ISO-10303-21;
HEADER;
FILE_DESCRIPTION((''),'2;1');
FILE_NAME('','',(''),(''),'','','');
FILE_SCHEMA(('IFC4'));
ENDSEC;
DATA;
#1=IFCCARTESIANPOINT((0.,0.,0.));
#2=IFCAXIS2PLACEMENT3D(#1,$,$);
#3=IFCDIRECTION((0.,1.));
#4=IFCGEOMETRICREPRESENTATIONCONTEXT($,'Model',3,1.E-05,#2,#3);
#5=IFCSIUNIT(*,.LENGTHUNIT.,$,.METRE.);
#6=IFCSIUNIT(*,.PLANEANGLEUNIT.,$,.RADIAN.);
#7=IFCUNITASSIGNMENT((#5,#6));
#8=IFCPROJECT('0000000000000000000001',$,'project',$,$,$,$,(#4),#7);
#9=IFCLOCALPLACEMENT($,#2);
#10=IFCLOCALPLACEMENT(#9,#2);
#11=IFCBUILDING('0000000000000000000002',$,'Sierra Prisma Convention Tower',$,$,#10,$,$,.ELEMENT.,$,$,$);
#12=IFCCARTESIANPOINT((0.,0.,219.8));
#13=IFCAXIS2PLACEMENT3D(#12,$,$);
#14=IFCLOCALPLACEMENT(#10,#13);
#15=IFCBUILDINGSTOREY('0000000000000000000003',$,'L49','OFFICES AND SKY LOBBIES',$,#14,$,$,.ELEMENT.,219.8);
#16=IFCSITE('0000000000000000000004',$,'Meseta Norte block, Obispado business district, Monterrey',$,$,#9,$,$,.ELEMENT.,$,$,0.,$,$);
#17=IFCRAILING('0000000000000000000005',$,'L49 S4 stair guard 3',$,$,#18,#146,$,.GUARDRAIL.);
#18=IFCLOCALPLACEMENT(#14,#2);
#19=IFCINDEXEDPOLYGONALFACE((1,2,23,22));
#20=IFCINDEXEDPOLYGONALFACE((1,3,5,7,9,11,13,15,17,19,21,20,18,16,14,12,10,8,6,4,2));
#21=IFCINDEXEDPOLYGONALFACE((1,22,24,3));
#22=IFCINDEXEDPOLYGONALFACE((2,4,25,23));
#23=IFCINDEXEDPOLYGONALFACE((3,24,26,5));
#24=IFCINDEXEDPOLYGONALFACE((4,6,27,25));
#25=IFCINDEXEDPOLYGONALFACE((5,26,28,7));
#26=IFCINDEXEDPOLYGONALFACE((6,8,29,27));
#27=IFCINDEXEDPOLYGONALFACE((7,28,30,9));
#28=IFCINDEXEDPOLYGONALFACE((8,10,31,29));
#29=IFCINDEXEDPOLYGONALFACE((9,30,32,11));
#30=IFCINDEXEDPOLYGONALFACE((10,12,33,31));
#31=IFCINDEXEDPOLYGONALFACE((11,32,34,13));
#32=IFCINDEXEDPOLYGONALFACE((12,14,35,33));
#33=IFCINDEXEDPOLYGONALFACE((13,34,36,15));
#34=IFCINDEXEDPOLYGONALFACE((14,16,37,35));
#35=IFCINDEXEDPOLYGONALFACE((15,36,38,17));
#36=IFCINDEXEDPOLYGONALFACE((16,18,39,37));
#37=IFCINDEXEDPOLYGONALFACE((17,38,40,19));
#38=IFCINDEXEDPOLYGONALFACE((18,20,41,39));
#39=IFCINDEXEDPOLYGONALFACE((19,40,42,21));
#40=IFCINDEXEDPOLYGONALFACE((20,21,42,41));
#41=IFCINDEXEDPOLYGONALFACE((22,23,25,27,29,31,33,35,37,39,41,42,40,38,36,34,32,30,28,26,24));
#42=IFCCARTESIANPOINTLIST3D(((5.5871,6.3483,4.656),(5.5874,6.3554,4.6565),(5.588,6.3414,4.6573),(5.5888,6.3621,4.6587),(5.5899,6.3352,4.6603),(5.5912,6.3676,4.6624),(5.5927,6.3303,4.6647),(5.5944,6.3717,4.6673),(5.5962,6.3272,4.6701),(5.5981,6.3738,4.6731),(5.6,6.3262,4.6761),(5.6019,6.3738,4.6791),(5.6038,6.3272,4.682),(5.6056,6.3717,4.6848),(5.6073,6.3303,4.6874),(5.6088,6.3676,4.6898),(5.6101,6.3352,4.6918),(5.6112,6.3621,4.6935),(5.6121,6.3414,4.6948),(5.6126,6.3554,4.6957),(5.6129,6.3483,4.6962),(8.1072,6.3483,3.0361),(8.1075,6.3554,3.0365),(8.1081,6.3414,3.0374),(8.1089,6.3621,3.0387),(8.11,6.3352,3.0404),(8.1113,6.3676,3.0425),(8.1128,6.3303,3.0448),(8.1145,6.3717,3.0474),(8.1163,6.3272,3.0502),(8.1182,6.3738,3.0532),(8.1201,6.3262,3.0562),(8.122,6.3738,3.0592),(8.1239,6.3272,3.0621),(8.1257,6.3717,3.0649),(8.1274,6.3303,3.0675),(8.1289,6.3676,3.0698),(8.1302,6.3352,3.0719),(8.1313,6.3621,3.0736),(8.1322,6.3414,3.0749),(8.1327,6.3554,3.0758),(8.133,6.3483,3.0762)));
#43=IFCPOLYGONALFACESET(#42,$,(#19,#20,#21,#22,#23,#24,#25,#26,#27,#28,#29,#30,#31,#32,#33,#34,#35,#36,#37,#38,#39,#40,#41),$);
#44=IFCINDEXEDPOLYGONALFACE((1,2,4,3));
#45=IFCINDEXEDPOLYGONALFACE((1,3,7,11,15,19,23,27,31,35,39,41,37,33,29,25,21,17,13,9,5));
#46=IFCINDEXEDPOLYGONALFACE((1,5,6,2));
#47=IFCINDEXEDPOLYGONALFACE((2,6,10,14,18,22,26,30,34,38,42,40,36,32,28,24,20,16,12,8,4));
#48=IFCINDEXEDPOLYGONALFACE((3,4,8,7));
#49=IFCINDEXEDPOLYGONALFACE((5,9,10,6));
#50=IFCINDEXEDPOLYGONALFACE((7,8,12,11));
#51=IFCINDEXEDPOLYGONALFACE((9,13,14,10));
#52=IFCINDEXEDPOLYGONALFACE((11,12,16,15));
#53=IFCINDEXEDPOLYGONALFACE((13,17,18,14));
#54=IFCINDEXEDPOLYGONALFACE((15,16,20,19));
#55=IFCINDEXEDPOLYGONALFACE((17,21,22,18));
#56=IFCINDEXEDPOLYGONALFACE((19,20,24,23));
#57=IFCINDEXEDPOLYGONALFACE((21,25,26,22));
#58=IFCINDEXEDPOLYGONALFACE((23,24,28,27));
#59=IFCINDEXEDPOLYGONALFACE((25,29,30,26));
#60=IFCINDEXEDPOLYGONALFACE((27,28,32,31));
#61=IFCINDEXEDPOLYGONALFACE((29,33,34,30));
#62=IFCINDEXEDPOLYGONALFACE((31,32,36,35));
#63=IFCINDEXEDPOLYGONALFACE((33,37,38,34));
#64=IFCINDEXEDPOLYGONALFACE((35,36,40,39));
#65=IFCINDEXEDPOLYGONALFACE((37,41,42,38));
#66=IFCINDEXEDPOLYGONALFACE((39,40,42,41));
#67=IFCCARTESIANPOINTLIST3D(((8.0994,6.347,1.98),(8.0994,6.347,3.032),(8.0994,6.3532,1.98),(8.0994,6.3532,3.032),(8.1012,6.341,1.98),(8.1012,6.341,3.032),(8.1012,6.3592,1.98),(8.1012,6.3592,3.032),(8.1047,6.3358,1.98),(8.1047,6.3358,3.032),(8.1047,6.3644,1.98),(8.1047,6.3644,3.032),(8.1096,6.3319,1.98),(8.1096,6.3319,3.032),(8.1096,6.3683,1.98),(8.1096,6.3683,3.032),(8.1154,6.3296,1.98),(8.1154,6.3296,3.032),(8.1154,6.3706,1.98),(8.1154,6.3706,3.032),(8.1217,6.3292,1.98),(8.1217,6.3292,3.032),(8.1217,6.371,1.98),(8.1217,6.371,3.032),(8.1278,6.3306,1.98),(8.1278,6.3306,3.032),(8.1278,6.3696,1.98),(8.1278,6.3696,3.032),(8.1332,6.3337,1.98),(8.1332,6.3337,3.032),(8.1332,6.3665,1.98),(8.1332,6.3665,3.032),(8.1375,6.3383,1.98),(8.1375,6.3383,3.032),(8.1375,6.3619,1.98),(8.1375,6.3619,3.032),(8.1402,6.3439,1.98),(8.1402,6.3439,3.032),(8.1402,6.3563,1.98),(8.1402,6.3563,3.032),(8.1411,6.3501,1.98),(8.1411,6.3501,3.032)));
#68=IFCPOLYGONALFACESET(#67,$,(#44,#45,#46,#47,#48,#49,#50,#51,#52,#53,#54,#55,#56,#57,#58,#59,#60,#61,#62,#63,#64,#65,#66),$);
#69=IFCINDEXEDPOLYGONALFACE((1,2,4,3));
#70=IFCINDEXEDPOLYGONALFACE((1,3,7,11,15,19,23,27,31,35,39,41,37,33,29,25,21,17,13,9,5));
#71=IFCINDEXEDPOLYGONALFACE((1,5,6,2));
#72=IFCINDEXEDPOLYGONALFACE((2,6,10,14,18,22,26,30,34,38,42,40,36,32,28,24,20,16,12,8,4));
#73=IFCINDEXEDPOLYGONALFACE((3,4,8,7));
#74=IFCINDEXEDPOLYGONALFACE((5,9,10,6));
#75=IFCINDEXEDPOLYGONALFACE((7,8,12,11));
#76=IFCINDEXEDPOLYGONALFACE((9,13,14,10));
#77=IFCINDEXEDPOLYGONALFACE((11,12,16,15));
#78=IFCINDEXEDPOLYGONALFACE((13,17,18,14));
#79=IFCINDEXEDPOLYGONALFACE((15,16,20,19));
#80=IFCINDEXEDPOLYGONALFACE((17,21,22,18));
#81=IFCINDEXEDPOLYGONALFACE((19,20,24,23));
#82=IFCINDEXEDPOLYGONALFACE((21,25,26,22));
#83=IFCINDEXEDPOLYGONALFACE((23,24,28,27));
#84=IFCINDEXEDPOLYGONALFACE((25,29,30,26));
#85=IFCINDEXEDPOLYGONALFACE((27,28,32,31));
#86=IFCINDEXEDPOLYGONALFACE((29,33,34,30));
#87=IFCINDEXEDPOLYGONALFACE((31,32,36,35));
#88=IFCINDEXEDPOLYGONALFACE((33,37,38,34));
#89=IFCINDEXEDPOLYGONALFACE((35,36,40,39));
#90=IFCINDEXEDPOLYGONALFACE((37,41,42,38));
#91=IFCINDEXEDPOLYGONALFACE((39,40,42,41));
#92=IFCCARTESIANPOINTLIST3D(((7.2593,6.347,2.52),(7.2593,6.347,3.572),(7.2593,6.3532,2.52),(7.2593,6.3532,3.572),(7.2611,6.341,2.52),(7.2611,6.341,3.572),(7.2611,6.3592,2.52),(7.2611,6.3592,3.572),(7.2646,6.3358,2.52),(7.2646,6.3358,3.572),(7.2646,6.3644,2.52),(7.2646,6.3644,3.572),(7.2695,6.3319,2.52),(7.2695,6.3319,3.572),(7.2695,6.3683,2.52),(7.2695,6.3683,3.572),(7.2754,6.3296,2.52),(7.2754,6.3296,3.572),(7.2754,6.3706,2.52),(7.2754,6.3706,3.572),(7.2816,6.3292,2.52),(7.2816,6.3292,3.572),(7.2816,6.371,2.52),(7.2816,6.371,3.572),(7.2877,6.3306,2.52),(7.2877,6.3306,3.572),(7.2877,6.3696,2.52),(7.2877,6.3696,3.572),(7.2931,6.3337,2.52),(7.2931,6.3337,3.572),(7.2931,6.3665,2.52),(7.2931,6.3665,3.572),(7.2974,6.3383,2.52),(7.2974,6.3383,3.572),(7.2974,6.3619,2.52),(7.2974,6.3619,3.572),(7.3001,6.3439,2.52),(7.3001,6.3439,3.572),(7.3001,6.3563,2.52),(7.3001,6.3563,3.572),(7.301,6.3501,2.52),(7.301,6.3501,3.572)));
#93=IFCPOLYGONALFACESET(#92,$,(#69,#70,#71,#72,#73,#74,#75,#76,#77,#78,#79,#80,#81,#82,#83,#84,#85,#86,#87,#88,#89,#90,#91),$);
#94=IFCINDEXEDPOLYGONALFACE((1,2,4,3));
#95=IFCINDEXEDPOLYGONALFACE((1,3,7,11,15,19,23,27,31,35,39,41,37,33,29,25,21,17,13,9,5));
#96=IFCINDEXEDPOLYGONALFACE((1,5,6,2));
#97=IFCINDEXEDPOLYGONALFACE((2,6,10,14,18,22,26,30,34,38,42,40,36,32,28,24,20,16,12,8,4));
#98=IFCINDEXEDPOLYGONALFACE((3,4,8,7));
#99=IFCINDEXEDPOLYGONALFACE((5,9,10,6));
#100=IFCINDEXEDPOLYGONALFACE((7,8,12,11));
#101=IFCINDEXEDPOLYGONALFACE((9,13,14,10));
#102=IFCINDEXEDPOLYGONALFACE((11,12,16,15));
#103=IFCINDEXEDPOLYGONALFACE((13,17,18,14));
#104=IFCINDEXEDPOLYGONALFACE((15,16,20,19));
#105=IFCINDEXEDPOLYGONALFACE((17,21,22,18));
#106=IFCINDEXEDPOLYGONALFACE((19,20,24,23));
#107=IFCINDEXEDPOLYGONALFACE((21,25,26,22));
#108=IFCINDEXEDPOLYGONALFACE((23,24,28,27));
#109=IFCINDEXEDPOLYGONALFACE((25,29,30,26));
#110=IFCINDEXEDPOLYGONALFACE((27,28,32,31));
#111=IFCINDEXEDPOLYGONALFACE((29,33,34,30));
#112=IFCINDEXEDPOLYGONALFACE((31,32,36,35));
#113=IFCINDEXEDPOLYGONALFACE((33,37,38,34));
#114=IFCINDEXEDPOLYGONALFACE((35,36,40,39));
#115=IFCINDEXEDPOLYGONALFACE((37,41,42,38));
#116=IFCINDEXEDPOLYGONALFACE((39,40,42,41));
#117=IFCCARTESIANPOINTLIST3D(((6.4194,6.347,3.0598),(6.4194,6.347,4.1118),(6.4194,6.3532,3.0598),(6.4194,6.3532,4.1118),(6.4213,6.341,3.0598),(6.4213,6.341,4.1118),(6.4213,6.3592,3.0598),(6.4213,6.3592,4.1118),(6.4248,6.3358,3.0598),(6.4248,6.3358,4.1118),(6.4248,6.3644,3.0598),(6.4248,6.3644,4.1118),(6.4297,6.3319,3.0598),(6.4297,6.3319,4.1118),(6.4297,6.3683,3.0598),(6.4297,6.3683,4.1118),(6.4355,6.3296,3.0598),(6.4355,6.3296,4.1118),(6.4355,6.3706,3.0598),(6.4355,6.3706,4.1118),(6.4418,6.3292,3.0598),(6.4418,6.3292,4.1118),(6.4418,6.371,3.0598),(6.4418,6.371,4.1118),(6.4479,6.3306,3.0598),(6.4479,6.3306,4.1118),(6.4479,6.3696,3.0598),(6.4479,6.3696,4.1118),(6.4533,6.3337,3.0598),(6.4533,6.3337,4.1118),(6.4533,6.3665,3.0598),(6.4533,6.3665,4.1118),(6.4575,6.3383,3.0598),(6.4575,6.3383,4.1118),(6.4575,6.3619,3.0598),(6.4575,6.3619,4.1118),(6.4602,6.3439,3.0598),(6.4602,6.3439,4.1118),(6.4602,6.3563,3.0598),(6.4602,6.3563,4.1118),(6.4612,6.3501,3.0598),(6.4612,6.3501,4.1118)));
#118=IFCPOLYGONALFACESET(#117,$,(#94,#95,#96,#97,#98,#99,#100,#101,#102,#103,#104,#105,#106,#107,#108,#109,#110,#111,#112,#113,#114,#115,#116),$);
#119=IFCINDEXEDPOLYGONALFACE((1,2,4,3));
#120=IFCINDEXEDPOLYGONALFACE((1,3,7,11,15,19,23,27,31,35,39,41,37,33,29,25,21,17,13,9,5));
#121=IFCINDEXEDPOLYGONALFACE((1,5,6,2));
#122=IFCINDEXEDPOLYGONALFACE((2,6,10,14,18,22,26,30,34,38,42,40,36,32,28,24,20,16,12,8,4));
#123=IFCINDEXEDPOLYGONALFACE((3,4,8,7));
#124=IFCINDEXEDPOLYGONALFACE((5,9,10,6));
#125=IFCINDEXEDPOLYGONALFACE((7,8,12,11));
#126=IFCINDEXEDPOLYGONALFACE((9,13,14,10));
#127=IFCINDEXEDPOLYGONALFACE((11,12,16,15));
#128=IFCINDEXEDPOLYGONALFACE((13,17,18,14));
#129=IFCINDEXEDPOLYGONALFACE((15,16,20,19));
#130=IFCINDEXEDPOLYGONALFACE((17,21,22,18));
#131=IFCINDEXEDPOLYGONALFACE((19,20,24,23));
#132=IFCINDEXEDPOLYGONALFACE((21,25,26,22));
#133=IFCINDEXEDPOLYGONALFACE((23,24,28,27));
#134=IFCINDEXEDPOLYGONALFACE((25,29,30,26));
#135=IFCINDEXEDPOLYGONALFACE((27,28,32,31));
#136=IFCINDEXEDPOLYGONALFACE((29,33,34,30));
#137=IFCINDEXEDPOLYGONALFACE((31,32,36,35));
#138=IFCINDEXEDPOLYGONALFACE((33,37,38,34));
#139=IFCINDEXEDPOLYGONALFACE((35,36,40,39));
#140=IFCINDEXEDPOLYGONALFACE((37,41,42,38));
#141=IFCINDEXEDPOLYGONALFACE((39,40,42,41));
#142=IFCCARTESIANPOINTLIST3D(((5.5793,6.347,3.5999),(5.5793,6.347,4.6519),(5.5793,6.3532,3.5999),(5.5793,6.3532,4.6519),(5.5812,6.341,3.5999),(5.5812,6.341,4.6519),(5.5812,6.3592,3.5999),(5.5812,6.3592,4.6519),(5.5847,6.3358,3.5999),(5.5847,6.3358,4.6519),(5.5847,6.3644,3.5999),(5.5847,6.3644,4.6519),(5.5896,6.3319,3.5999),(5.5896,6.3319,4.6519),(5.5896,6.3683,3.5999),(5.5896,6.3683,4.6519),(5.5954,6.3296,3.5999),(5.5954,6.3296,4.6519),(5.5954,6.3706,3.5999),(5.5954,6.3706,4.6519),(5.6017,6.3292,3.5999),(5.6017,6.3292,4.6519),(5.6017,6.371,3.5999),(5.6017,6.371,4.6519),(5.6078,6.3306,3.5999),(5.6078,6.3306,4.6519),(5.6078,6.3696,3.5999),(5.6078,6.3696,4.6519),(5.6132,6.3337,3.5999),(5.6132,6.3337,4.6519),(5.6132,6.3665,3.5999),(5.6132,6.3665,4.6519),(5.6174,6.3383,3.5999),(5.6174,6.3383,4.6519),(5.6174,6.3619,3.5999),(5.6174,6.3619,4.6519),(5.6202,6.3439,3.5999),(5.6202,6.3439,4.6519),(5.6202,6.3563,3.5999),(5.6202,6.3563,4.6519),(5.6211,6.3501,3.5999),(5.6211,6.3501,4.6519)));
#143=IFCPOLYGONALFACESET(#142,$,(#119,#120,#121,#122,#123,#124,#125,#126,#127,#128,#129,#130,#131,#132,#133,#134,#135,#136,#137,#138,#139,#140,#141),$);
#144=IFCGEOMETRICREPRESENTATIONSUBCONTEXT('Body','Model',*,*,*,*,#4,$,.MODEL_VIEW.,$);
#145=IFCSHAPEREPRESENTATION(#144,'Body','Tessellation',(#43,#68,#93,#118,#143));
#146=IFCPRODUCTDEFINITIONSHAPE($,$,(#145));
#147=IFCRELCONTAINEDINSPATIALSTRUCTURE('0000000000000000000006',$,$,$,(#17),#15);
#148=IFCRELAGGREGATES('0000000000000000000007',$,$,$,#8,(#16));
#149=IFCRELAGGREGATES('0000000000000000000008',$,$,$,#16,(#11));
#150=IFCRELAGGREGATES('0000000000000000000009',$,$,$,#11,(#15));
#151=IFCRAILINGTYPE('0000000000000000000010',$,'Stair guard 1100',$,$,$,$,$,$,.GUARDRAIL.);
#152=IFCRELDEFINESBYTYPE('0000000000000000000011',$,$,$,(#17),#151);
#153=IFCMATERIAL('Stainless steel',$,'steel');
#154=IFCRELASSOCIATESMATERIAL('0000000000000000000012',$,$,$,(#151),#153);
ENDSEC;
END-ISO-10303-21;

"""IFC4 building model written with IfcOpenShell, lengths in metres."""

from ifc_helpers import new_model, si_unit, direction, frame, origin, origin_2d, place, context, subcontext, project, spatial, circle, extrude, material, type_object, element, save


model = new_model("IFC4")

# Units and contexts
model_context = context("Model", 3, precision=1e-05, world=origin(), true_north=direction((0.0, 1.0)))
body_context = subcontext(model_context, "Body", "Model", "MODEL_VIEW")
ifc_project = project(units=[si_unit("LENGTHUNIT", "METRE"), si_unit("PLANEANGLEUNIT", "RADIAN")], contexts=[model_context])

# Site, building, storey
site_placement = place(None, origin())
site = spatial("IfcSite", under=ifc_project, at=site_placement, Name="Meseta Norte block, Obispado business district, Monterrey", CompositionType="ELEMENT", RefElevation=0.0)
building_placement = place(site_placement, origin())
building = spatial("IfcBuilding", under=site, at=building_placement, Name="Sierra Prisma Convention Tower", CompositionType="ELEMENT")
storey_placement = place(building_placement, frame((0.0, 0.0, 219.8)))
storey = spatial("IfcBuildingStorey", under=building, at=storey_placement, Name="L49", Description="OFFICES AND SKY LOBBIES", CompositionType="ELEMENT", Elevation=219.8)

# Railing
ifc_material_1 = material(Name="Stainless steel", Category="steel")
railing_type = type_object("IfcRailingType", Name="Stair guard 1100", PredefinedType="GUARDRAIL", material=ifc_material_1)
railing_1_placement = place(storey_placement, frame((8.1201, 6.3501, 1.98)))
element("IfcRailing", 1, at=railing_1_placement, inside=storey, type_object=railing_type, Name="L49 S4 stair guard 3", PredefinedType="GUARDRAIL", context=body_context, shape_type="SweptSolid", body=[
    extrude(circle(Radius=0.0239, at=origin_2d()), frame((0.0, 0.0, 1.0762), z_axis=(-0.8412, 0.0, 0.540725), x_axis=(0.0, -1.0, 0.0)), (0.0, 0.0, 1.0), 2.9958),
    extrude(circle(Radius=0.021, at=origin_2d()), origin(), (0.0, 0.0, 1.0), 1.052),
    extrude(circle(Radius=0.021, at=origin_2d()), frame((-0.8401, 0.0, 0.54)), (0.0, 0.0, 1.0), 1.052),
    extrude(circle(Radius=0.021, at=origin_2d()), frame((-1.6799, 0.0, 1.0798)), (0.0, 0.0, 1.0), 1.052),
    extrude(circle(Radius=0.021, at=origin_2d()), frame((-2.52, 0.0, 1.6199)), (0.0, 0.0, 1.0), 1.052),
])

save(model, "model.ifc")
